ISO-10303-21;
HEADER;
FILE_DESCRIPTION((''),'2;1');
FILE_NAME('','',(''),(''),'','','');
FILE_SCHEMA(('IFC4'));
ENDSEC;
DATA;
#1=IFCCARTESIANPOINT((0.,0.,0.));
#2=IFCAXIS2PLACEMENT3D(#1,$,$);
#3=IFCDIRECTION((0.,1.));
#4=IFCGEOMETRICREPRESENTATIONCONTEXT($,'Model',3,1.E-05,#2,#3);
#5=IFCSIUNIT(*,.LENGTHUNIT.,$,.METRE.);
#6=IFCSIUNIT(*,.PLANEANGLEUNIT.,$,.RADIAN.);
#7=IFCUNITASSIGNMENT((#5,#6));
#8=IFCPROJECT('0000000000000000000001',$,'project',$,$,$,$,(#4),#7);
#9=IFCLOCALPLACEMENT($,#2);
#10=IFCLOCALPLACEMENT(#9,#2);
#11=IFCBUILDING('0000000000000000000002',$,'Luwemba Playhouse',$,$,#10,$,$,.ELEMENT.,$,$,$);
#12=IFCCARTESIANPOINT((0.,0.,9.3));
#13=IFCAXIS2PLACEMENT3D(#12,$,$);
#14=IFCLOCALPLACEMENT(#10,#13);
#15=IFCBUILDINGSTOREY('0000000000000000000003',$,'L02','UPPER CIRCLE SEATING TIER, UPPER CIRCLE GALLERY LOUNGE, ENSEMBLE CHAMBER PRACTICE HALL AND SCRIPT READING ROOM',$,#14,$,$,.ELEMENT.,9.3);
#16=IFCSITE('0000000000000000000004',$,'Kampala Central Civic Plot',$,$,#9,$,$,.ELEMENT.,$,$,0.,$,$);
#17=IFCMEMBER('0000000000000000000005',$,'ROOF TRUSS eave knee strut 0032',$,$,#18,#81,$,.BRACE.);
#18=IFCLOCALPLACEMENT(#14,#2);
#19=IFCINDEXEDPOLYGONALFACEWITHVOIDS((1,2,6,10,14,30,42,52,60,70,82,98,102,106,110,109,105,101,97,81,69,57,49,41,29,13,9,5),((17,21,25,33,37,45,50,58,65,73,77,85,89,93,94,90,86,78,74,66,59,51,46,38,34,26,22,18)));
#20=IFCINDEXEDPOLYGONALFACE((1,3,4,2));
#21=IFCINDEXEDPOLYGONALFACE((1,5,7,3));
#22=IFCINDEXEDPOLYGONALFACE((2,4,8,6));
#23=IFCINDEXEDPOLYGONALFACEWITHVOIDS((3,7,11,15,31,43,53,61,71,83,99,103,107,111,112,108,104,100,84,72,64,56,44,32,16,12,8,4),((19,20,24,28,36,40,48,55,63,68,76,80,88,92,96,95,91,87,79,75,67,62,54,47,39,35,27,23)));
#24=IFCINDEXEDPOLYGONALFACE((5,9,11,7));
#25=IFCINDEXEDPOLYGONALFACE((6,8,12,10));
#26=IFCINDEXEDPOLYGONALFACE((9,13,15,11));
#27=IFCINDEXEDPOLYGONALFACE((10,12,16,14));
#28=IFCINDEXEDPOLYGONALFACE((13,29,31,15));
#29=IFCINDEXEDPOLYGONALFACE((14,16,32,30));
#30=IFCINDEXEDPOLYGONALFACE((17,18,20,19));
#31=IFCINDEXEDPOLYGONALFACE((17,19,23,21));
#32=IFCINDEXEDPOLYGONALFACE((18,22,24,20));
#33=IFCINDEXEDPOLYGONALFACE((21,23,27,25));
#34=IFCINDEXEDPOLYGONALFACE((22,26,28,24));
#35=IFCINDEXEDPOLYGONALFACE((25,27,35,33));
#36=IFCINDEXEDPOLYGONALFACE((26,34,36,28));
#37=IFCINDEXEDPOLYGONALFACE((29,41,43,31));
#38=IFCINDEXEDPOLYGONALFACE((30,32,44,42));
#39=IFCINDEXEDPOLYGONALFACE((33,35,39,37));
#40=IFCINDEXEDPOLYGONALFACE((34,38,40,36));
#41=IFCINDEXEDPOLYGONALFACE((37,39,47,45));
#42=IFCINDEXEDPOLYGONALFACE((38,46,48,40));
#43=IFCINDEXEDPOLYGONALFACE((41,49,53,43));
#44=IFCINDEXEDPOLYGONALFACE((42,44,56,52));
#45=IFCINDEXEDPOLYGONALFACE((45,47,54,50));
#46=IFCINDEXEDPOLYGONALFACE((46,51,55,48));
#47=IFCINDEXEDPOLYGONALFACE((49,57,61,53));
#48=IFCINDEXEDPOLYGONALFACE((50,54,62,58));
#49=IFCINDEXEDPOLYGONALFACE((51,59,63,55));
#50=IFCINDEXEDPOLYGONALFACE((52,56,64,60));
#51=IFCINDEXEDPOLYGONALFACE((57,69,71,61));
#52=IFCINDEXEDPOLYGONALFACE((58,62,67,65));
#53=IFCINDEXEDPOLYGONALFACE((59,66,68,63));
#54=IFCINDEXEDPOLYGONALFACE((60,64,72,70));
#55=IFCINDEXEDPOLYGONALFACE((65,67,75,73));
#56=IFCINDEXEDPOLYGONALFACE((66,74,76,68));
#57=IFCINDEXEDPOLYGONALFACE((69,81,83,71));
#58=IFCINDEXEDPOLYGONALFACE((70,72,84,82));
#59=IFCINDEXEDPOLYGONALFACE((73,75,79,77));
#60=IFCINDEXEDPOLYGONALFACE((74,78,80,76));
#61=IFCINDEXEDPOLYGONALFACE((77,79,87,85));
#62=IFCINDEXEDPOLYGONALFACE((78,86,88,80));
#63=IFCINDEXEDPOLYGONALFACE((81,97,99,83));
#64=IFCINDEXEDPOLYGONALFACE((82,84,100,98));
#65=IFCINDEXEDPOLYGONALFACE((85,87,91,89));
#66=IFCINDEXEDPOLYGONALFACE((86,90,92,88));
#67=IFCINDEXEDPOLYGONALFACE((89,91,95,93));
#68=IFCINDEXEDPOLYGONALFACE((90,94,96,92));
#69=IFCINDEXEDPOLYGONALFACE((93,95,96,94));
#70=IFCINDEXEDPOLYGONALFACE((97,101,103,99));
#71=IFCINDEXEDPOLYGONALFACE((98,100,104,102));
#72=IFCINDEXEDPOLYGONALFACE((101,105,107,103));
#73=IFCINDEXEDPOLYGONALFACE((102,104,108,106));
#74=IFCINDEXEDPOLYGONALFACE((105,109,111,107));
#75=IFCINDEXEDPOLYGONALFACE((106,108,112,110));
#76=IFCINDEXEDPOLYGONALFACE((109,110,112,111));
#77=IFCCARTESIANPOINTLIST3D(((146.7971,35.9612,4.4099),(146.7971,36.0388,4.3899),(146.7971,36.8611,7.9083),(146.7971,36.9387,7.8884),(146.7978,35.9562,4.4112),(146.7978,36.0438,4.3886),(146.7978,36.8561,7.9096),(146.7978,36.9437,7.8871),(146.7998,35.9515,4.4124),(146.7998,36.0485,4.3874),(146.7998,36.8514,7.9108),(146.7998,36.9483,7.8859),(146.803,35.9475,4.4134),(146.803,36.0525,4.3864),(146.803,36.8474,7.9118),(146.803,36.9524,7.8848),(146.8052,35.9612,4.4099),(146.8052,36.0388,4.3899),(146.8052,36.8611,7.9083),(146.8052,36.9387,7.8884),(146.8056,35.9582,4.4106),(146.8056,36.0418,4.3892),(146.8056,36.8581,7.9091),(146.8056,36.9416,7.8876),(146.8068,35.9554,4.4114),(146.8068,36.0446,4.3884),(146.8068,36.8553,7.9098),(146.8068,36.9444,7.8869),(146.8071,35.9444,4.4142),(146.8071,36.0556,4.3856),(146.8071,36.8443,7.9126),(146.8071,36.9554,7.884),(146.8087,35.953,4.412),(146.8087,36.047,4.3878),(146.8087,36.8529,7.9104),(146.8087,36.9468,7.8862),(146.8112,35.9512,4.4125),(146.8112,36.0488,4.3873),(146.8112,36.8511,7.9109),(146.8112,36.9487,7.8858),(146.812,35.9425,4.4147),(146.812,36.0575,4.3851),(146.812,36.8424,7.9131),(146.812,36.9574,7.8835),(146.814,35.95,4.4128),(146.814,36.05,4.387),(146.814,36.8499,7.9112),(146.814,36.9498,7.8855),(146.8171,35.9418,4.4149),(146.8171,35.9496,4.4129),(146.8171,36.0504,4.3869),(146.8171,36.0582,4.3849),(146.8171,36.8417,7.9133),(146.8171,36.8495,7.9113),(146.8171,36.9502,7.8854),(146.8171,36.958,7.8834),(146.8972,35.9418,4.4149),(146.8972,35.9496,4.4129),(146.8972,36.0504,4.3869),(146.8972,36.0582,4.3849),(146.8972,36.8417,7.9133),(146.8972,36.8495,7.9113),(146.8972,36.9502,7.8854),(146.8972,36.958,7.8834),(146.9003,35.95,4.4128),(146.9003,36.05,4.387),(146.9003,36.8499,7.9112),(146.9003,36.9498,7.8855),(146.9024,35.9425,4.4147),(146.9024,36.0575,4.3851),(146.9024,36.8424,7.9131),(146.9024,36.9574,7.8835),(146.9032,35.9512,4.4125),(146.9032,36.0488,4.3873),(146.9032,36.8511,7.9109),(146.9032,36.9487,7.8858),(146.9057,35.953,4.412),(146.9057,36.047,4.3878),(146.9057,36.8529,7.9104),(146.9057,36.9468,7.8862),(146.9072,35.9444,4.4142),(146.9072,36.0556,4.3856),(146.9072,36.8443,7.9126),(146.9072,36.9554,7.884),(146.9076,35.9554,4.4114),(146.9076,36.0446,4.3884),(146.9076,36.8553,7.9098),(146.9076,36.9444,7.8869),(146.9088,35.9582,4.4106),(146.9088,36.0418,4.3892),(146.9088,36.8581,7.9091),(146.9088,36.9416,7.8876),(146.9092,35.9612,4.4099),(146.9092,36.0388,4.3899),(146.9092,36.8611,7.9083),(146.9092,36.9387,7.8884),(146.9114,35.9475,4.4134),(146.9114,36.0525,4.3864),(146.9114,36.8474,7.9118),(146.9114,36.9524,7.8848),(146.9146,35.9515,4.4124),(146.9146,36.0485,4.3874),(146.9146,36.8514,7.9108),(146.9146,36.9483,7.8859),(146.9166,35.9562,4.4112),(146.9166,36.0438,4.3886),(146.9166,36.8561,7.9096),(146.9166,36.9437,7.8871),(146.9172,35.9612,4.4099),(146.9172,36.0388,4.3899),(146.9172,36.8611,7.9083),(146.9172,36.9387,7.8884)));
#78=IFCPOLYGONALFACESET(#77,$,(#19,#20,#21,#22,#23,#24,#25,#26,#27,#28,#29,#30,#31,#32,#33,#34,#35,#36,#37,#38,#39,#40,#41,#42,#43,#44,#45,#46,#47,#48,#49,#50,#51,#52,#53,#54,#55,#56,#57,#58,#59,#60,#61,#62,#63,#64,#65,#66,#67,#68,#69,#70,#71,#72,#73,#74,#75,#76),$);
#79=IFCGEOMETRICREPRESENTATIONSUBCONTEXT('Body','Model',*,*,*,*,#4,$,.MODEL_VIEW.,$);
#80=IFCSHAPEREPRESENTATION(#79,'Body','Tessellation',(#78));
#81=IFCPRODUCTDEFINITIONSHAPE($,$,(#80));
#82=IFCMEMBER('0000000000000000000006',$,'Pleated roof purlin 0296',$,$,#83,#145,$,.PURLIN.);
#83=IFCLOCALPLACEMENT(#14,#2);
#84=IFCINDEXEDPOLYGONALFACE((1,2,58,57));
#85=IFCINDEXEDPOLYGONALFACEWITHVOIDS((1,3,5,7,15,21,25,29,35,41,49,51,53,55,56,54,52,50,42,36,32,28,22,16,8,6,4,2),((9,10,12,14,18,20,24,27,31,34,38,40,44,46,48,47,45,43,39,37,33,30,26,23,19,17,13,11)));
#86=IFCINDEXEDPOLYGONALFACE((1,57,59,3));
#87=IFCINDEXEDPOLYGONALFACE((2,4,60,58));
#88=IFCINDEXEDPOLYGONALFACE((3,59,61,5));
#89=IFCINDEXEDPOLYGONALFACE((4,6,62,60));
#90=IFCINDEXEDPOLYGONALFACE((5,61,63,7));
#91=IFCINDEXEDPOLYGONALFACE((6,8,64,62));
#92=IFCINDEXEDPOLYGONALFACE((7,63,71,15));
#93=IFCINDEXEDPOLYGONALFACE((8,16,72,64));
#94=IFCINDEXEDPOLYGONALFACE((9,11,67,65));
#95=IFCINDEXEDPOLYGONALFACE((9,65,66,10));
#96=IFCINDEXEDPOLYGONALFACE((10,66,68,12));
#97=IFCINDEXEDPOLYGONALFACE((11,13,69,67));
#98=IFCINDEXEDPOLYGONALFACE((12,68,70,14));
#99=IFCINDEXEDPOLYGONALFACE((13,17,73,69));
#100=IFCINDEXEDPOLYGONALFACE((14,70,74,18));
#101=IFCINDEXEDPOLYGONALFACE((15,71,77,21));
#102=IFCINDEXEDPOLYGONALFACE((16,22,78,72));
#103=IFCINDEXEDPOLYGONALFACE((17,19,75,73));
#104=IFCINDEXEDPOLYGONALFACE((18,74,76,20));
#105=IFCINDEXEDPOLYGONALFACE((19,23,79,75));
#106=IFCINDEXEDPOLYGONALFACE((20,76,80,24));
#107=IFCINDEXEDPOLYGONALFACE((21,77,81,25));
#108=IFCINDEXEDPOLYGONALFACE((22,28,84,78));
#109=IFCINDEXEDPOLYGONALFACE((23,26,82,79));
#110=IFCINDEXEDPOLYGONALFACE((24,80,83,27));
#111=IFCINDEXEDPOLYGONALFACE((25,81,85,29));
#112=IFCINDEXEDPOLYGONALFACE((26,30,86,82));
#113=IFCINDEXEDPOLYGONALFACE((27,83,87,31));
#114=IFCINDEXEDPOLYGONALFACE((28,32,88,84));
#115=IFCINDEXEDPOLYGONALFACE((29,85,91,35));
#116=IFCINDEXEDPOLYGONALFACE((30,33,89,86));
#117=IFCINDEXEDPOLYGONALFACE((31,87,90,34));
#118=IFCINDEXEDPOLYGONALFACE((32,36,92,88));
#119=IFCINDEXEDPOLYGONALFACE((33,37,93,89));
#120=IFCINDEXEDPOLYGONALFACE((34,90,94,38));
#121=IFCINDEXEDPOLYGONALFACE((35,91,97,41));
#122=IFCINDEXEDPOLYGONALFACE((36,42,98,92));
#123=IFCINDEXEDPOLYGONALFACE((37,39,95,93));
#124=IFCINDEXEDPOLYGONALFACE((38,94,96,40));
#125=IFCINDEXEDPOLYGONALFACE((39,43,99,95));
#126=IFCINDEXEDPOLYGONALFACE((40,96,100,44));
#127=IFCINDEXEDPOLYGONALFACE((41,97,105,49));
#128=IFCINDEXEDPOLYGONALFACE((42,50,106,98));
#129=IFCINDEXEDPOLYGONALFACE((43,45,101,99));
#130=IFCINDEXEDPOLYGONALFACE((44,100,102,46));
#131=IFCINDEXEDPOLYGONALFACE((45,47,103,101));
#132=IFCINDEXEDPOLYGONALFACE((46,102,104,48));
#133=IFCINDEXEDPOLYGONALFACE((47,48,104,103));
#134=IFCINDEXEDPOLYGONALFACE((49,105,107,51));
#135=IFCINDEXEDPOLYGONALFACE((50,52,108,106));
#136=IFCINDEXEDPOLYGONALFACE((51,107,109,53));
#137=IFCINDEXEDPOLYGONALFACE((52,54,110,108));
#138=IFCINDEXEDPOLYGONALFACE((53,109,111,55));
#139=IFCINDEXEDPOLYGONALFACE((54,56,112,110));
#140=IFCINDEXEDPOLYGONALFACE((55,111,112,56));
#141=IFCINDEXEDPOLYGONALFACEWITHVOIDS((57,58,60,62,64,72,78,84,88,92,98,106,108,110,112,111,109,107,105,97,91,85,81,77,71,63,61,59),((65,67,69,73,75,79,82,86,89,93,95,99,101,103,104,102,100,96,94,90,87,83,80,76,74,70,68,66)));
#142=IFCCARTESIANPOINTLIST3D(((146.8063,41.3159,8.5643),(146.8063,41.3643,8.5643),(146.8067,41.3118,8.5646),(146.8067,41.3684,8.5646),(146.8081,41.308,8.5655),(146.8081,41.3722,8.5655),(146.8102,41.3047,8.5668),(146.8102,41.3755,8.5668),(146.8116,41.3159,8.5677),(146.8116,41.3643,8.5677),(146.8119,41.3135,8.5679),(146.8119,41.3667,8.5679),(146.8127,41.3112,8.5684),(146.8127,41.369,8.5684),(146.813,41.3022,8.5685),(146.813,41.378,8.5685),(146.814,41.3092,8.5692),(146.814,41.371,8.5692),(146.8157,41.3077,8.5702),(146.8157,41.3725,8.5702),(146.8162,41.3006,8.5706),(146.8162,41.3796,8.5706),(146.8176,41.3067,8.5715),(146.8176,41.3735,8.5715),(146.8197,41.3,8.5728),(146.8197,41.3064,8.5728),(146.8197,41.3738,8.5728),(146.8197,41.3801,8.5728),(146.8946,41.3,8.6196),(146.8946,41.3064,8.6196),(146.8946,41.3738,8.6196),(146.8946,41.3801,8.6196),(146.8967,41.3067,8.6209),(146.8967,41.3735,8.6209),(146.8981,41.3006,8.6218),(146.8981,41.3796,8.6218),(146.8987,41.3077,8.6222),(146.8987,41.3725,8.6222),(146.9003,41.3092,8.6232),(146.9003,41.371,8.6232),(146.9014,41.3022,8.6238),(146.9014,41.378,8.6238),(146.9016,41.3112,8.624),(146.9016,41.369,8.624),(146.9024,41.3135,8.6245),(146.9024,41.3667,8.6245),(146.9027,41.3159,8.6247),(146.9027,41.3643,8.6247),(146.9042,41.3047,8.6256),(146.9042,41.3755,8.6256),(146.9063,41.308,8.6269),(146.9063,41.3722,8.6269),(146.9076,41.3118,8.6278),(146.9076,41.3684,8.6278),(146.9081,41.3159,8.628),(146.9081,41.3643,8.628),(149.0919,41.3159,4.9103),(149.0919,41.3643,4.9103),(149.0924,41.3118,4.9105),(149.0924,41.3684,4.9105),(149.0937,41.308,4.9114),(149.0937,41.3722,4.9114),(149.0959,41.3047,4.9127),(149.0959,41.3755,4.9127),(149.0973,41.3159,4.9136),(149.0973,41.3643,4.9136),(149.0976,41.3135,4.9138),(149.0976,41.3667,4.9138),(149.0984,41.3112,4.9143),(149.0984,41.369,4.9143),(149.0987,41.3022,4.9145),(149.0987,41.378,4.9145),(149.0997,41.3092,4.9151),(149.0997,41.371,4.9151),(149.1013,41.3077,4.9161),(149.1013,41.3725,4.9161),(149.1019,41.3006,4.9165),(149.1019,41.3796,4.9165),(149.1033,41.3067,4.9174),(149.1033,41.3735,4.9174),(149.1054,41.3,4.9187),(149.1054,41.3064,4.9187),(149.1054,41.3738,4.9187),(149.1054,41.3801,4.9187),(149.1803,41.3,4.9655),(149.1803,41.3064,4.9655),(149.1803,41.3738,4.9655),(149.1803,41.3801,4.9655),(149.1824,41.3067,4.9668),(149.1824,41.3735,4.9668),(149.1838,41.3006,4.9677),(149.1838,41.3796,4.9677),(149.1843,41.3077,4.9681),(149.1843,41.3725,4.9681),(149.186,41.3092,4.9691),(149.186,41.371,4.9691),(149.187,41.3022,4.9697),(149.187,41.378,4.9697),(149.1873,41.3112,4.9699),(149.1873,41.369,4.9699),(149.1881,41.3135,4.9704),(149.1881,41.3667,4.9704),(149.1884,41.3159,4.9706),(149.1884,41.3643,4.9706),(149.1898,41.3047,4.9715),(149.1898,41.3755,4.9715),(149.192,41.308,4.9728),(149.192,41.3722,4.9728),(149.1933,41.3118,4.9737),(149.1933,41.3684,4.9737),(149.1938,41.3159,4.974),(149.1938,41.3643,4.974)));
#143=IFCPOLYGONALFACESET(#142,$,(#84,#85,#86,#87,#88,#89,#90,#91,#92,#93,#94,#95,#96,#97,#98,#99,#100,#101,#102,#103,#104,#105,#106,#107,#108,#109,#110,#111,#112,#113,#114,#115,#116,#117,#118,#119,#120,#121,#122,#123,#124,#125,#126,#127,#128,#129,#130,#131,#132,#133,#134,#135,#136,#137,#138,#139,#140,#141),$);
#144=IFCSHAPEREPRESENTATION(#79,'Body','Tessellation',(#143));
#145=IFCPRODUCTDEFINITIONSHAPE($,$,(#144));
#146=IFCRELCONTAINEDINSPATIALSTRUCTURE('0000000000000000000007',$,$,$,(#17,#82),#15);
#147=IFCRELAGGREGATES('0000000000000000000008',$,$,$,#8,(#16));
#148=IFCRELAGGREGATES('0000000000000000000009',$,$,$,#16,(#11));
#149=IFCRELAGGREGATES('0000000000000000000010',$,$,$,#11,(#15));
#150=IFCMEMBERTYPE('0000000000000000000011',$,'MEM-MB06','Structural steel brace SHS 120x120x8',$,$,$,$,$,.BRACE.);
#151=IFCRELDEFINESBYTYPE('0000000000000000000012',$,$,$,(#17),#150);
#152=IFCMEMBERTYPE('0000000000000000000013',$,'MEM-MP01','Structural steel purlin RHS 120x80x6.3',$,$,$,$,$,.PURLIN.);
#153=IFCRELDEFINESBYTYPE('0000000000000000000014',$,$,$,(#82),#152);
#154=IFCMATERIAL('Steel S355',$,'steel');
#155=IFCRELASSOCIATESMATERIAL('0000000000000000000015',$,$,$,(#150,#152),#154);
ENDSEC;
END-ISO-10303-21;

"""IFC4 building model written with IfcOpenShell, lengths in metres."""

from ifc_helpers import new_model, si_unit, direction, frame, origin, origin_2d, place, context, subcontext, project, spatial, hollow_rectangle, extrude, material, material_profile, profile_set, type_object, element, save


model = new_model("IFC4")

# Units and contexts
model_context = context("Model", 3, precision=1e-05, world=origin(), true_north=direction((0.0, 1.0)))
body_context = subcontext(model_context, "Body", "Model", "MODEL_VIEW")
ifc_project = project(units=[si_unit("LENGTHUNIT", "METRE"), si_unit("PLANEANGLEUNIT", "RADIAN")], contexts=[model_context])

# Site, building, storey
site_placement = place(None, origin())
site = spatial("IfcSite", under=ifc_project, at=site_placement, Name="Kampala Central Civic Plot", CompositionType="ELEMENT", RefElevation=0.0)
building_placement = place(site_placement, origin())
building = spatial("IfcBuilding", under=site, at=building_placement, Name="Luwemba Playhouse", CompositionType="ELEMENT")
storey_placement = place(building_placement, frame((0.0, 0.0, 9.3)))
storey = spatial("IfcBuildingStorey", under=building, at=storey_placement, Name="L02", Description="UPPER CIRCLE SEATING TIER, UPPER CIRCLE GALLERY LOUNGE, ENSEMBLE CHAMBER PRACTICE HALL AND SCRIPT READING ROOM", CompositionType="ELEMENT", Elevation=9.3)

# Shared definitions
ifc_material_1 = material(Name="Steel S355", Category="steel")

# Members
ifc_material_profile_1 = material_profile(ifc_material_1, hollow_rectangle(XDim=0.1201, YDim=0.1201, WallThickness=0.0081, InnerFilletRadius=0.012, OuterFilletRadius=0.02, at=origin_2d()))
ifc_profile_set_1 = profile_set([ifc_material_profile_1], Name="Steel S355")
member_type_1 = type_object("IfcMemberType", Name="MEM-MB06", Description="Structural steel brace SHS 120x120x8", PredefinedType="BRACE", material=ifc_profile_set_1)
member_1_placement = place(storey_placement, frame((146.8572, 36.0, 4.3999), z_axis=(0.0, 0.249113, 0.968474), x_axis=(-1.0, 0.0, 0.0)))
element("IfcMember", 1, at=member_1_placement, inside=storey, type_object=member_type_1, Name="ROOF TRUSS eave knee strut 0032", PredefinedType="BRACE", context=body_context, shape_type="SweptSolid", body=[
    extrude(hollow_rectangle(XDim=0.1201, YDim=0.1201, WallThickness=0.0081, InnerFilletRadius=0.012, OuterFilletRadius=0.02, at=origin_2d()), origin(), (0.0, 0.0, 1.0), 3.6123),
])
ifc_material_profile_2 = material_profile(ifc_material_1, hollow_rectangle(XDim=0.0801, YDim=0.1201, WallThickness=0.0063, InnerFilletRadius=0.0095, OuterFilletRadius=0.0159, at=origin_2d()))
ifc_profile_set_2 = profile_set([ifc_material_profile_2], Name="Steel S355")
member_type_2 = type_object("IfcMemberType", Name="MEM-MP01", Description="Structural steel purlin RHS 120x80x6.3", PredefinedType="PURLIN", material=ifc_profile_set_2)
member_2_placement = place(storey_placement, frame((146.8572, 41.3401, 8.5962), z_axis=(0.530309, 0.0, -0.847804), x_axis=(0.0, 1.0, 0.0)))
element("IfcMember", 2, at=member_2_placement, inside=storey, type_object=member_type_2, Name="Pleated roof purlin 0296", PredefinedType="PURLIN", context=body_context, shape_type="SweptSolid", body=[
    extrude(hollow_rectangle(XDim=0.0801, YDim=0.1201, WallThickness=0.0063, InnerFilletRadius=0.0095, OuterFilletRadius=0.0159, at=origin_2d()), origin(), (0.0, 0.0, 1.0), 4.3101),
])

save(model, "model.ifc")
